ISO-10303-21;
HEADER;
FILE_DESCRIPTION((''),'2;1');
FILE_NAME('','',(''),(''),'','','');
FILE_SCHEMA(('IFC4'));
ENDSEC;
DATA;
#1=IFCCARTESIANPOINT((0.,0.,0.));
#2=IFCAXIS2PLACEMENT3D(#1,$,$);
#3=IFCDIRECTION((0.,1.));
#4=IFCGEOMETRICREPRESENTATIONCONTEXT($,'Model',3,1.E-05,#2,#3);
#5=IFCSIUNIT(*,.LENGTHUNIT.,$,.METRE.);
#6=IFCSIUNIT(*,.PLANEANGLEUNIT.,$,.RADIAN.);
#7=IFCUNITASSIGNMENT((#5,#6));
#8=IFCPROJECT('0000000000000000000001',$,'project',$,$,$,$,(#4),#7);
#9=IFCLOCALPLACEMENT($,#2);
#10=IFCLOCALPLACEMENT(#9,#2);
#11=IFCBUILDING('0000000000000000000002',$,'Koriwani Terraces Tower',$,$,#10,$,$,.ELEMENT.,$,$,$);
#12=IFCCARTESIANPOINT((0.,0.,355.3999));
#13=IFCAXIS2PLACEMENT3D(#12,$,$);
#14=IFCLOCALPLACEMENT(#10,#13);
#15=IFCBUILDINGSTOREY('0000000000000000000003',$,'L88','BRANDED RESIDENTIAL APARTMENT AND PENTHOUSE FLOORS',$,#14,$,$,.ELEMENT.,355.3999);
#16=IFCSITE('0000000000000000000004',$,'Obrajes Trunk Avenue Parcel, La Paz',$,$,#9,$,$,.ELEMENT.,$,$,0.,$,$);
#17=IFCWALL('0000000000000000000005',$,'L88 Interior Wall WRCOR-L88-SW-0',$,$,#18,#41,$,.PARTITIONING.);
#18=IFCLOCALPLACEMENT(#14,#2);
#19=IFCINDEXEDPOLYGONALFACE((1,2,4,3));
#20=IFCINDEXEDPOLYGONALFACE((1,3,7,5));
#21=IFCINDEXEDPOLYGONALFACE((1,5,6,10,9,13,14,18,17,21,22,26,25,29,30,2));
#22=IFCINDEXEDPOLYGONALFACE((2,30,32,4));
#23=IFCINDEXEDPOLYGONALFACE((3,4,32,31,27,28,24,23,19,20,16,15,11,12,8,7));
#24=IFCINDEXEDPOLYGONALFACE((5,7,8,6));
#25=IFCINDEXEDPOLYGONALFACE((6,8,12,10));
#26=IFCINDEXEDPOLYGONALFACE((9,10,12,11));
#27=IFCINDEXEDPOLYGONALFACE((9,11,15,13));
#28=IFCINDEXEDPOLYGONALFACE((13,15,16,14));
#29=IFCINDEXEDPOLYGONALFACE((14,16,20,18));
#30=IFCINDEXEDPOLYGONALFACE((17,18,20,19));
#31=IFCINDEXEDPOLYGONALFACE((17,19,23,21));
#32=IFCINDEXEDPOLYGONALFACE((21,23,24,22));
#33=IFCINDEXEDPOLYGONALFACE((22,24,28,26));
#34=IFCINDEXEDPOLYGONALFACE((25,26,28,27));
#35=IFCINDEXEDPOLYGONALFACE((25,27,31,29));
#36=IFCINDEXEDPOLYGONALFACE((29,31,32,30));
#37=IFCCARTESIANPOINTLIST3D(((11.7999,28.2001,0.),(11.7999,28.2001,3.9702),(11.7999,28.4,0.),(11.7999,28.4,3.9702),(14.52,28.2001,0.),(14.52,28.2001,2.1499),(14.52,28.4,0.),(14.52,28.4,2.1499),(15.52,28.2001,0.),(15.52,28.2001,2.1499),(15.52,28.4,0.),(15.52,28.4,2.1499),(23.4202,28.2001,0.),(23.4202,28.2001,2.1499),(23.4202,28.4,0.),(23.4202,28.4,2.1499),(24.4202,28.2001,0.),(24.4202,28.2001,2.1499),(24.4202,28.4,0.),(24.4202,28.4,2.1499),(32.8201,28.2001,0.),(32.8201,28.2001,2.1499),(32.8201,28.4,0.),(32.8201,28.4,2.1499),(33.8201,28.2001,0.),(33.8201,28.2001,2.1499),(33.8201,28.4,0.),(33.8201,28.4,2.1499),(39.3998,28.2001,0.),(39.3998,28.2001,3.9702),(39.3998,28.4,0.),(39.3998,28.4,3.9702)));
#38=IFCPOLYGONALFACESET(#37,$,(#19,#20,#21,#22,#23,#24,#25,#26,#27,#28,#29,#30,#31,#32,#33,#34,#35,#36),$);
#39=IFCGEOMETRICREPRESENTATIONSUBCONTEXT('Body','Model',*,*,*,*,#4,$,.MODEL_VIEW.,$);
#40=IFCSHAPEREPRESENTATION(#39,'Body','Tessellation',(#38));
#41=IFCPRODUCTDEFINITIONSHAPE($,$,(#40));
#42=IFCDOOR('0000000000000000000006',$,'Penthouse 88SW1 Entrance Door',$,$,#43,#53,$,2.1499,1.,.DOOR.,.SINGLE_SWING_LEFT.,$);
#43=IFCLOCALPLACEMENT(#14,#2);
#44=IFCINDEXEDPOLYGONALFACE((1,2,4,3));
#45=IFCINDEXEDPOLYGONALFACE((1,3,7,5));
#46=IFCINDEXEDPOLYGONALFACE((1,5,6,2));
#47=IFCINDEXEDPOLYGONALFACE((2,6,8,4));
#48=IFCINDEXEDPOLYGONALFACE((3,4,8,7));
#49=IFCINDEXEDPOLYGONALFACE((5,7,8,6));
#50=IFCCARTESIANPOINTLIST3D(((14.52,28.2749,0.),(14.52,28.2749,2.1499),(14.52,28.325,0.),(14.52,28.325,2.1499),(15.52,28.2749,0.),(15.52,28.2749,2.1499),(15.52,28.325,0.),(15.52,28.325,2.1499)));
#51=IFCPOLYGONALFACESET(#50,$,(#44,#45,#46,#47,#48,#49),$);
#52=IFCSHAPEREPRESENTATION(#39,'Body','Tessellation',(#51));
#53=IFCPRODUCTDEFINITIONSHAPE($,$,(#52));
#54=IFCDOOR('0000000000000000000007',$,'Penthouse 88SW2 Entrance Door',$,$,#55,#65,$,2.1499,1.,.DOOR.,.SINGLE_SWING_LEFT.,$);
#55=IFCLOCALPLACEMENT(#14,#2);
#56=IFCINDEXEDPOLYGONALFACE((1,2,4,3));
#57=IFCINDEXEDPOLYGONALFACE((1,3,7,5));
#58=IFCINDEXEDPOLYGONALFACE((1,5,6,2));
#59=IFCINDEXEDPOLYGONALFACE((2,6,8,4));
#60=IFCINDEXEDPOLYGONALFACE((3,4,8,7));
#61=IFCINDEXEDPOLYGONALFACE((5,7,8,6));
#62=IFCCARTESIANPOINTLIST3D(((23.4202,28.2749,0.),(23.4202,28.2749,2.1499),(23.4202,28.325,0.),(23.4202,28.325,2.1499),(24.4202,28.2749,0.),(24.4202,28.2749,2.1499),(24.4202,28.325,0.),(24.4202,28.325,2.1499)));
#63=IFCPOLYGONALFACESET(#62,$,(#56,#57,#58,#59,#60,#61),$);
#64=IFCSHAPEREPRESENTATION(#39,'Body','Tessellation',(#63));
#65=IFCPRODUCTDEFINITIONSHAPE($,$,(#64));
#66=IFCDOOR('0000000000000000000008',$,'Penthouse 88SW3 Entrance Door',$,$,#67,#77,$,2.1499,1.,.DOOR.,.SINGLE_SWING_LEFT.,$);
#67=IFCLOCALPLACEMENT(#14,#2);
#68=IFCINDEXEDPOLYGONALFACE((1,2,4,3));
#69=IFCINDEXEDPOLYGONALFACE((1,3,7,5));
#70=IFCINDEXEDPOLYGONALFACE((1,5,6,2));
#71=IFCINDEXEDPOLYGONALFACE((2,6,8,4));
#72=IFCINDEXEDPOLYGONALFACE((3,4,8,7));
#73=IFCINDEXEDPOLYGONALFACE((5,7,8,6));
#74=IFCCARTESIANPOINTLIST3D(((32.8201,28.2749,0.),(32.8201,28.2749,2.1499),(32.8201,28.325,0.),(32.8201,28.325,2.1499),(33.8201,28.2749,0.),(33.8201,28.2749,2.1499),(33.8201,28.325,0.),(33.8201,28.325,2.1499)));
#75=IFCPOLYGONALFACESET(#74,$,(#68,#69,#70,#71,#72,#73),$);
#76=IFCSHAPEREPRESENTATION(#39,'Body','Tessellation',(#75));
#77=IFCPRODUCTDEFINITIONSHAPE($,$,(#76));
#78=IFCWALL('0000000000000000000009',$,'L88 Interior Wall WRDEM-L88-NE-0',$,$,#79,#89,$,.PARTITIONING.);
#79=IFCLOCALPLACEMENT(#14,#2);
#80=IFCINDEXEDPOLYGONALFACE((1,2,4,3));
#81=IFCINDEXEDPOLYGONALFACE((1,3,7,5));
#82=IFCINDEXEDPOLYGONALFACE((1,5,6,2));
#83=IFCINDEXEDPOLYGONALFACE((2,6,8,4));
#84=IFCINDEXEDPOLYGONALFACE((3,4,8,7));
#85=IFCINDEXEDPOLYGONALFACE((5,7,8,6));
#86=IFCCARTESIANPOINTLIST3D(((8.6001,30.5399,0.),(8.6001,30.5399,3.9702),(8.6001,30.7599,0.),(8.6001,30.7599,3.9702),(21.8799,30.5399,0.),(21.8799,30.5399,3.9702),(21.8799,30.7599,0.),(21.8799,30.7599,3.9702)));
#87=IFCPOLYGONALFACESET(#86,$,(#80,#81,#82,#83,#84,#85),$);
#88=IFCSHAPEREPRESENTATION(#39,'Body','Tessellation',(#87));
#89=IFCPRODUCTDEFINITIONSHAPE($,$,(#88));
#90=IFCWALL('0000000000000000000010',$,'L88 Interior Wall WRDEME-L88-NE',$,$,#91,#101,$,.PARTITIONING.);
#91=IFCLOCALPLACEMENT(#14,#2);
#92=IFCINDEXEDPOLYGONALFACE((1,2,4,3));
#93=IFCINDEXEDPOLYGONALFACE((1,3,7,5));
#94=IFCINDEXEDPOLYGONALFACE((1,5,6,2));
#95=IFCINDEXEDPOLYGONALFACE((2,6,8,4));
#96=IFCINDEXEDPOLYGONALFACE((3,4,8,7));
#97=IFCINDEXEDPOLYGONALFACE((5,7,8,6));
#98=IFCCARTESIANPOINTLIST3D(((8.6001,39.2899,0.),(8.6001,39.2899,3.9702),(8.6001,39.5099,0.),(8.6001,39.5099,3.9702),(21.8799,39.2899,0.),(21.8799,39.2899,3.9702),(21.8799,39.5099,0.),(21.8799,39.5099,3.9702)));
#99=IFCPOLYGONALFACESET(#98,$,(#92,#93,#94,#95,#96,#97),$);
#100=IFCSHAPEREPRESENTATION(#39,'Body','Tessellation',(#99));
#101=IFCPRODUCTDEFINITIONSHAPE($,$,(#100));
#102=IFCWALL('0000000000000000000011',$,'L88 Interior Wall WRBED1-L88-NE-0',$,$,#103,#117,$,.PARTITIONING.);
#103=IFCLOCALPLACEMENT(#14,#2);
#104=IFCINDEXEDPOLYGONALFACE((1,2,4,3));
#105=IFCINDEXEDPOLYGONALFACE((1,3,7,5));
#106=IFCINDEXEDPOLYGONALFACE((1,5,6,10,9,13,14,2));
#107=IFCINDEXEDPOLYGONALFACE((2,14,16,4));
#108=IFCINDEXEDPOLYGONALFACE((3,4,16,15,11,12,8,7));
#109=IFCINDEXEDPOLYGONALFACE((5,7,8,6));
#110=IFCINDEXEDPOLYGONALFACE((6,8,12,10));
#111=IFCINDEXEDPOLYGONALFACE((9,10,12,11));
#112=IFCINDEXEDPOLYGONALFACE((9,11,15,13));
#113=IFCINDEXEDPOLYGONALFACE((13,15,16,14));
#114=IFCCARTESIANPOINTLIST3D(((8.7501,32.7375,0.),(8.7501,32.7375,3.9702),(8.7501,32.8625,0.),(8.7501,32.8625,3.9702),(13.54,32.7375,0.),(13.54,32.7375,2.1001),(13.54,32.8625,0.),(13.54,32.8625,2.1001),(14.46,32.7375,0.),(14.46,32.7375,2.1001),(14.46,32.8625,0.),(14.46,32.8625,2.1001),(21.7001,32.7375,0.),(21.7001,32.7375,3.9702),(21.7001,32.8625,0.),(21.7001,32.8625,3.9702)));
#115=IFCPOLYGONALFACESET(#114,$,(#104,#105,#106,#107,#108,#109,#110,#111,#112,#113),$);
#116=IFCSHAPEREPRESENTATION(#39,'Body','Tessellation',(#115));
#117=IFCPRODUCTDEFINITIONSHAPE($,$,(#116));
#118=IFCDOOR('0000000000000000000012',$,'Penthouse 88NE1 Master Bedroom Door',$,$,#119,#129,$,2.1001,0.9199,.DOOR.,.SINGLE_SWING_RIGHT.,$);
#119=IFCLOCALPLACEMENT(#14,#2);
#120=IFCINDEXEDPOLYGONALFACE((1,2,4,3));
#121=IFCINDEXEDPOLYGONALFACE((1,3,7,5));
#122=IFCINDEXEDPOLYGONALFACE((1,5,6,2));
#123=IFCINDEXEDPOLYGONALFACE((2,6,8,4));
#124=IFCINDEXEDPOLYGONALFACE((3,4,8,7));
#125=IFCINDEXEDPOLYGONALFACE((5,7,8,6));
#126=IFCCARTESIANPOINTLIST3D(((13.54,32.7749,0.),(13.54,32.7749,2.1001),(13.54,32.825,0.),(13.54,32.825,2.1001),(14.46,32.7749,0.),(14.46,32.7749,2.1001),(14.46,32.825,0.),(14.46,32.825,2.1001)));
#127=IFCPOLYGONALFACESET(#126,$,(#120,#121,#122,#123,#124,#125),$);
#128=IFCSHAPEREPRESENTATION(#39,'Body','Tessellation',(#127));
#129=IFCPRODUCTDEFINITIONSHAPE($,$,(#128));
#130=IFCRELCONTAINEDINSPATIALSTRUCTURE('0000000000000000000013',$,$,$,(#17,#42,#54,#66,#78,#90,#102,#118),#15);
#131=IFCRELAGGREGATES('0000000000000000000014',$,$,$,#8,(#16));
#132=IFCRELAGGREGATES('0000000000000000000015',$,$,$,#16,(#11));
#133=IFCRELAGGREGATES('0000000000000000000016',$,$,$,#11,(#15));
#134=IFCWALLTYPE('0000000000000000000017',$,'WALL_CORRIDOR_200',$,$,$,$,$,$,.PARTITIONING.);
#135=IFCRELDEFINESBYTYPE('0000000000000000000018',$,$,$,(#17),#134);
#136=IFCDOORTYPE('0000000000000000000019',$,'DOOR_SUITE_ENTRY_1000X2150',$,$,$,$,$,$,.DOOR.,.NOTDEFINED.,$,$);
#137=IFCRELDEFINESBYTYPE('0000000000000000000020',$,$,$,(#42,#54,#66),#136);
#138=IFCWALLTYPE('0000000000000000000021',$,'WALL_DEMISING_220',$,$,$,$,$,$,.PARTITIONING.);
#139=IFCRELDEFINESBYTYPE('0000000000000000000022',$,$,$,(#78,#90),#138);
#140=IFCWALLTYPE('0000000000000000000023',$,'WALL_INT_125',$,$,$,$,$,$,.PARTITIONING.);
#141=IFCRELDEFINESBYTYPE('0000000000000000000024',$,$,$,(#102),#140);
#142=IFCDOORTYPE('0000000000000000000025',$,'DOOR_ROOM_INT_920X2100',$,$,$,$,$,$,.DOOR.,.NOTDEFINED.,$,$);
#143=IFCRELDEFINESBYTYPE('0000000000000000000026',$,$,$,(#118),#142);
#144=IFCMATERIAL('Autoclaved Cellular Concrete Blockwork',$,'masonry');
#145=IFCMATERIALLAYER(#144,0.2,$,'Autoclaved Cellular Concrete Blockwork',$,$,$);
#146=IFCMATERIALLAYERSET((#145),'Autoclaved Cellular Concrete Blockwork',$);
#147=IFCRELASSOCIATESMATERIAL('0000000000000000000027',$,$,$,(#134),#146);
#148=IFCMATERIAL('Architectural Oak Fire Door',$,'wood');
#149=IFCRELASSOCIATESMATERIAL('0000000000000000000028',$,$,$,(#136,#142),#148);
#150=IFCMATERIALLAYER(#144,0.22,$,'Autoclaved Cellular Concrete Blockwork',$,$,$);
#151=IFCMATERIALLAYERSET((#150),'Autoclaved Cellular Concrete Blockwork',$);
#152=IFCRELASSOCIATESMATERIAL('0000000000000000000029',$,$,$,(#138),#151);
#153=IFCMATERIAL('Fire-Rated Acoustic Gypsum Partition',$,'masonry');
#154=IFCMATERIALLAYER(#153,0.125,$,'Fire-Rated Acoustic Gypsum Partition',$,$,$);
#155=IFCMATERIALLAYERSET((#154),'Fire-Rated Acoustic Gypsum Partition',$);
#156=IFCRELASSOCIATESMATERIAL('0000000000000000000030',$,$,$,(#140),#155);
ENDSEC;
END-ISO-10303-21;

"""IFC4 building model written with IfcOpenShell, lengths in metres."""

from ifc_helpers import new_model, si_unit, direction, frame, frame_2d, origin, place, context, subcontext, project, spatial, rectangle, extrude, material, layer, layer_set, type_object, element, fill, save


model = new_model("IFC4")

# Units and contexts
model_context = context("Model", 3, precision=1e-05, world=origin(), true_north=direction((0.0, 1.0)))
body_context = subcontext(model_context, "Body", "Model", "MODEL_VIEW")
ifc_project = project(units=[si_unit("LENGTHUNIT", "METRE"), si_unit("PLANEANGLEUNIT", "RADIAN")], contexts=[model_context])

# Site, building, storey
site_placement = place(None, origin())
site = spatial("IfcSite", under=ifc_project, at=site_placement, Name="Obrajes Trunk Avenue Parcel, La Paz", CompositionType="ELEMENT", RefElevation=0.0)
building_placement = place(site_placement, origin())
building = spatial("IfcBuilding", under=site, at=building_placement, Name="Koriwani Terraces Tower", CompositionType="ELEMENT")
storey_placement = place(building_placement, frame((0.0, 0.0, 355.3999)))
storey = spatial("IfcBuildingStorey", under=building, at=storey_placement, Name="L88", Description="BRANDED RESIDENTIAL APARTMENT AND PENTHOUSE FLOORS", CompositionType="ELEMENT", Elevation=355.3999)

# Shared definitions
ifc_material_1 = material(Name="Autoclaved Cellular Concrete Blockwork", Category="masonry")
ifc_layer_1 = layer(ifc_material_1, 0.2, Name="Autoclaved Cellular Concrete Blockwork")
ifc_layer_set_1 = layer_set([ifc_layer_1], Name="Autoclaved Cellular Concrete Blockwork")
wall_type_1 = type_object("IfcWallType", Name="WALL_CORRIDOR_200", PredefinedType="PARTITIONING", material=ifc_layer_set_1)
ifc_material_2 = material(Name="Architectural Oak Fire Door", Category="wood")
door_type_1 = type_object("IfcDoorType", Name="DOOR_SUITE_ENTRY_1000X2150", OperationType="NOTDEFINED", PredefinedType="DOOR", material=ifc_material_2)

# Wall, openings, doors
wall_1_placement = place(storey_placement, frame((11.8, 28.3, 0.0), z_axis=(0.0, 0.0, 1.0), x_axis=(1.0, 0.0, 0.0)))
wall_1 = element("IfcWall", 1, at=wall_1_placement, inside=storey, type_object=wall_type_1, Name="L88 Interior Wall WRCOR-L88-SW-0", PredefinedType="PARTITIONING", context=body_context, shape_type="SweptSolid", body=[
    extrude(rectangle(XDim=27.5999, YDim=0.2, at=frame_2d((13.7998, 0.0))), origin(), (0.0, 0.0, 1.0), 3.9702),
])
opening_1_placement = place(wall_1_placement, frame((2.72, 0.0, 0.0)))
opening_1 = element("IfcOpeningElement", 2, at=opening_1_placement, cuts=wall_1, PredefinedType="OPENING", context=body_context, shape_type="SweptSolid", body=[
    extrude(rectangle(XDim=1.0, YDim=2.1499, at=frame_2d((0.5, 1.075))), frame((0.0, 0.1099, 0.0), z_axis=(0.0, -1.0, 0.0), x_axis=(1.0, 0.0, 0.0)), (0.0, 0.0, 1.0), 0.22),
])
opening_2_placement = place(wall_1_placement, frame((11.6201, 0.0, 0.0)))
opening_2 = element("IfcOpeningElement", 3, at=opening_2_placement, cuts=wall_1, PredefinedType="OPENING", context=body_context, shape_type="SweptSolid", body=[
    extrude(rectangle(XDim=1.0, YDim=2.1499, at=frame_2d((0.5, 1.075))), frame((0.0, 0.1099, 0.0), z_axis=(0.0, -1.0, 0.0), x_axis=(1.0, 0.0, 0.0)), (0.0, 0.0, 1.0), 0.22),
])
opening_3_placement = place(wall_1_placement, frame((21.02, 0.0, 0.0)))
opening_3 = element("IfcOpeningElement", 4, at=opening_3_placement, cuts=wall_1, PredefinedType="OPENING", context=body_context, shape_type="SweptSolid", body=[
    extrude(rectangle(XDim=1.0, YDim=2.1499, at=frame_2d((0.5, 1.075))), frame((0.0, 0.1099, 0.0), z_axis=(0.0, -1.0, 0.0), x_axis=(1.0, 0.0, 0.0)), (0.0, 0.0, 1.0), 0.22),
])
door_1_placement = place(opening_1_placement, origin())
door_1 = element("IfcDoor", 5, at=door_1_placement, inside=storey, type_object=door_type_1, Name="Penthouse 88SW1 Entrance Door", OperationType="SINGLE_SWING_LEFT", OverallHeight=2.1499, OverallWidth=1.0, PredefinedType="DOOR", context=body_context, shape_type="SweptSolid", body=[
    extrude(rectangle(XDim=1.0, YDim=2.1499, at=frame_2d((0.5, 1.075))), frame((0.0, 0.0249, 0.0), z_axis=(0.0, -1.0, 0.0), x_axis=(1.0, 0.0, 0.0)), (0.0, 0.0, 1.0), 0.05),
])
fill(opening_1, door_1)
door_2_placement = place(opening_2_placement, origin())
door_2 = element("IfcDoor", 6, at=door_2_placement, inside=storey, type_object=door_type_1, Name="Penthouse 88SW2 Entrance Door", OperationType="SINGLE_SWING_LEFT", OverallHeight=2.1499, OverallWidth=1.0, PredefinedType="DOOR", context=body_context, shape_type="SweptSolid", body=[
    extrude(rectangle(XDim=1.0, YDim=2.1499, at=frame_2d((0.5, 1.075))), frame((0.0, 0.0249, 0.0), z_axis=(0.0, -1.0, 0.0), x_axis=(1.0, 0.0, 0.0)), (0.0, 0.0, 1.0), 0.05),
])
fill(opening_2, door_2)
door_3_placement = place(opening_3_placement, origin())
door_3 = element("IfcDoor", 7, at=door_3_placement, inside=storey, type_object=door_type_1, Name="Penthouse 88SW3 Entrance Door", OperationType="SINGLE_SWING_LEFT", OverallHeight=2.1499, OverallWidth=1.0, PredefinedType="DOOR", context=body_context, shape_type="SweptSolid", body=[
    extrude(rectangle(XDim=1.0, YDim=2.1499, at=frame_2d((0.5, 1.075))), frame((0.0, 0.0249, 0.0), z_axis=(0.0, -1.0, 0.0), x_axis=(1.0, 0.0, 0.0)), (0.0, 0.0, 1.0), 0.05),
])
fill(opening_3, door_3)

# Walls
ifc_layer_2 = layer(ifc_material_1, 0.22, Name="Autoclaved Cellular Concrete Blockwork")
ifc_layer_set_2 = layer_set([ifc_layer_2], Name="Autoclaved Cellular Concrete Blockwork")
wall_type_2 = type_object("IfcWallType", Name="WALL_DEMISING_220", PredefinedType="PARTITIONING", material=ifc_layer_set_2)
for number, where, z_axis, x_axis, name in (
    (8, (8.6001, 30.6499, 0.0), (0.0, 0.0, 1.0), (1.0, 0.0, 0.0), "L88 Interior Wall WRDEM-L88-NE-0"),
    (9, (8.6001, 39.3999, 0.0), (0.0, 0.0, 1.0), (1.0, 0.0, 0.0), "L88 Interior Wall WRDEME-L88-NE"),
):
    element("IfcWall", number, at=place(storey_placement, frame(where, z_axis=z_axis, x_axis=x_axis)), inside=storey, type_object=wall_type_2, Name=name, PredefinedType="PARTITIONING", context=body_context, shape_type="SweptSolid", body=[
        extrude(rectangle(XDim=13.2798, YDim=0.22, at=frame_2d((6.6399, 0.0))), origin(), (0.0, 0.0, 1.0), 3.9702),
    ])

# Wall, opening, door
ifc_material_3 = material(Name="Fire-Rated Acoustic Gypsum Partition", Category="masonry")
ifc_layer_3 = layer(ifc_material_3, 0.125, Name="Fire-Rated Acoustic Gypsum Partition")
ifc_layer_set_3 = layer_set([ifc_layer_3], Name="Fire-Rated Acoustic Gypsum Partition")
wall_type_3 = type_object("IfcWallType", Name="WALL_INT_125", PredefinedType="PARTITIONING", material=ifc_layer_set_3)
wall_2_placement = place(storey_placement, frame((8.75, 32.8, 0.0), z_axis=(0.0, 0.0, 1.0), x_axis=(1.0, 0.0, 0.0)))
wall_2 = element("IfcWall", 10, at=wall_2_placement, inside=storey, type_object=wall_type_3, Name="L88 Interior Wall WRBED1-L88-NE-0", PredefinedType="PARTITIONING", context=body_context, shape_type="SweptSolid", body=[
    extrude(rectangle(XDim=12.95, YDim=0.125, at=frame_2d((6.4751, 0.0))), origin(), (0.0, 0.0, 1.0), 3.9702),
])
opening_4_placement = place(wall_2_placement, frame((4.79, 0.0, 0.0)))
opening_4 = element("IfcOpeningElement", 11, at=opening_4_placement, cuts=wall_2, PredefinedType="OPENING", context=body_context, shape_type="SweptSolid", body=[
    extrude(rectangle(XDim=0.9199, YDim=2.1001, at=frame_2d((0.46, 1.05))), frame((0.0, 0.0725, 0.0), z_axis=(0.0, -1.0, 0.0), x_axis=(1.0, 0.0, 0.0)), (0.0, 0.0, 1.0), 0.145),
])
door_type_2 = type_object("IfcDoorType", Name="DOOR_ROOM_INT_920X2100", OperationType="NOTDEFINED", PredefinedType="DOOR", material=ifc_material_2)
door_4_placement = place(opening_4_placement, origin())
door_4 = element("IfcDoor", 12, at=door_4_placement, inside=storey, type_object=door_type_2, Name="Penthouse 88NE1 Master Bedroom Door", OperationType="SINGLE_SWING_RIGHT", OverallHeight=2.1001, OverallWidth=0.9199, PredefinedType="DOOR", context=body_context, shape_type="SweptSolid", body=[
    extrude(rectangle(XDim=0.9199, YDim=2.1001, at=frame_2d((0.46, 1.05))), frame((0.0, 0.0249, 0.0), z_axis=(0.0, -1.0, 0.0), x_axis=(1.0, 0.0, 0.0)), (0.0, 0.0, 1.0), 0.05),
])
fill(opening_4, door_4)

save(model, "model.ifc")
